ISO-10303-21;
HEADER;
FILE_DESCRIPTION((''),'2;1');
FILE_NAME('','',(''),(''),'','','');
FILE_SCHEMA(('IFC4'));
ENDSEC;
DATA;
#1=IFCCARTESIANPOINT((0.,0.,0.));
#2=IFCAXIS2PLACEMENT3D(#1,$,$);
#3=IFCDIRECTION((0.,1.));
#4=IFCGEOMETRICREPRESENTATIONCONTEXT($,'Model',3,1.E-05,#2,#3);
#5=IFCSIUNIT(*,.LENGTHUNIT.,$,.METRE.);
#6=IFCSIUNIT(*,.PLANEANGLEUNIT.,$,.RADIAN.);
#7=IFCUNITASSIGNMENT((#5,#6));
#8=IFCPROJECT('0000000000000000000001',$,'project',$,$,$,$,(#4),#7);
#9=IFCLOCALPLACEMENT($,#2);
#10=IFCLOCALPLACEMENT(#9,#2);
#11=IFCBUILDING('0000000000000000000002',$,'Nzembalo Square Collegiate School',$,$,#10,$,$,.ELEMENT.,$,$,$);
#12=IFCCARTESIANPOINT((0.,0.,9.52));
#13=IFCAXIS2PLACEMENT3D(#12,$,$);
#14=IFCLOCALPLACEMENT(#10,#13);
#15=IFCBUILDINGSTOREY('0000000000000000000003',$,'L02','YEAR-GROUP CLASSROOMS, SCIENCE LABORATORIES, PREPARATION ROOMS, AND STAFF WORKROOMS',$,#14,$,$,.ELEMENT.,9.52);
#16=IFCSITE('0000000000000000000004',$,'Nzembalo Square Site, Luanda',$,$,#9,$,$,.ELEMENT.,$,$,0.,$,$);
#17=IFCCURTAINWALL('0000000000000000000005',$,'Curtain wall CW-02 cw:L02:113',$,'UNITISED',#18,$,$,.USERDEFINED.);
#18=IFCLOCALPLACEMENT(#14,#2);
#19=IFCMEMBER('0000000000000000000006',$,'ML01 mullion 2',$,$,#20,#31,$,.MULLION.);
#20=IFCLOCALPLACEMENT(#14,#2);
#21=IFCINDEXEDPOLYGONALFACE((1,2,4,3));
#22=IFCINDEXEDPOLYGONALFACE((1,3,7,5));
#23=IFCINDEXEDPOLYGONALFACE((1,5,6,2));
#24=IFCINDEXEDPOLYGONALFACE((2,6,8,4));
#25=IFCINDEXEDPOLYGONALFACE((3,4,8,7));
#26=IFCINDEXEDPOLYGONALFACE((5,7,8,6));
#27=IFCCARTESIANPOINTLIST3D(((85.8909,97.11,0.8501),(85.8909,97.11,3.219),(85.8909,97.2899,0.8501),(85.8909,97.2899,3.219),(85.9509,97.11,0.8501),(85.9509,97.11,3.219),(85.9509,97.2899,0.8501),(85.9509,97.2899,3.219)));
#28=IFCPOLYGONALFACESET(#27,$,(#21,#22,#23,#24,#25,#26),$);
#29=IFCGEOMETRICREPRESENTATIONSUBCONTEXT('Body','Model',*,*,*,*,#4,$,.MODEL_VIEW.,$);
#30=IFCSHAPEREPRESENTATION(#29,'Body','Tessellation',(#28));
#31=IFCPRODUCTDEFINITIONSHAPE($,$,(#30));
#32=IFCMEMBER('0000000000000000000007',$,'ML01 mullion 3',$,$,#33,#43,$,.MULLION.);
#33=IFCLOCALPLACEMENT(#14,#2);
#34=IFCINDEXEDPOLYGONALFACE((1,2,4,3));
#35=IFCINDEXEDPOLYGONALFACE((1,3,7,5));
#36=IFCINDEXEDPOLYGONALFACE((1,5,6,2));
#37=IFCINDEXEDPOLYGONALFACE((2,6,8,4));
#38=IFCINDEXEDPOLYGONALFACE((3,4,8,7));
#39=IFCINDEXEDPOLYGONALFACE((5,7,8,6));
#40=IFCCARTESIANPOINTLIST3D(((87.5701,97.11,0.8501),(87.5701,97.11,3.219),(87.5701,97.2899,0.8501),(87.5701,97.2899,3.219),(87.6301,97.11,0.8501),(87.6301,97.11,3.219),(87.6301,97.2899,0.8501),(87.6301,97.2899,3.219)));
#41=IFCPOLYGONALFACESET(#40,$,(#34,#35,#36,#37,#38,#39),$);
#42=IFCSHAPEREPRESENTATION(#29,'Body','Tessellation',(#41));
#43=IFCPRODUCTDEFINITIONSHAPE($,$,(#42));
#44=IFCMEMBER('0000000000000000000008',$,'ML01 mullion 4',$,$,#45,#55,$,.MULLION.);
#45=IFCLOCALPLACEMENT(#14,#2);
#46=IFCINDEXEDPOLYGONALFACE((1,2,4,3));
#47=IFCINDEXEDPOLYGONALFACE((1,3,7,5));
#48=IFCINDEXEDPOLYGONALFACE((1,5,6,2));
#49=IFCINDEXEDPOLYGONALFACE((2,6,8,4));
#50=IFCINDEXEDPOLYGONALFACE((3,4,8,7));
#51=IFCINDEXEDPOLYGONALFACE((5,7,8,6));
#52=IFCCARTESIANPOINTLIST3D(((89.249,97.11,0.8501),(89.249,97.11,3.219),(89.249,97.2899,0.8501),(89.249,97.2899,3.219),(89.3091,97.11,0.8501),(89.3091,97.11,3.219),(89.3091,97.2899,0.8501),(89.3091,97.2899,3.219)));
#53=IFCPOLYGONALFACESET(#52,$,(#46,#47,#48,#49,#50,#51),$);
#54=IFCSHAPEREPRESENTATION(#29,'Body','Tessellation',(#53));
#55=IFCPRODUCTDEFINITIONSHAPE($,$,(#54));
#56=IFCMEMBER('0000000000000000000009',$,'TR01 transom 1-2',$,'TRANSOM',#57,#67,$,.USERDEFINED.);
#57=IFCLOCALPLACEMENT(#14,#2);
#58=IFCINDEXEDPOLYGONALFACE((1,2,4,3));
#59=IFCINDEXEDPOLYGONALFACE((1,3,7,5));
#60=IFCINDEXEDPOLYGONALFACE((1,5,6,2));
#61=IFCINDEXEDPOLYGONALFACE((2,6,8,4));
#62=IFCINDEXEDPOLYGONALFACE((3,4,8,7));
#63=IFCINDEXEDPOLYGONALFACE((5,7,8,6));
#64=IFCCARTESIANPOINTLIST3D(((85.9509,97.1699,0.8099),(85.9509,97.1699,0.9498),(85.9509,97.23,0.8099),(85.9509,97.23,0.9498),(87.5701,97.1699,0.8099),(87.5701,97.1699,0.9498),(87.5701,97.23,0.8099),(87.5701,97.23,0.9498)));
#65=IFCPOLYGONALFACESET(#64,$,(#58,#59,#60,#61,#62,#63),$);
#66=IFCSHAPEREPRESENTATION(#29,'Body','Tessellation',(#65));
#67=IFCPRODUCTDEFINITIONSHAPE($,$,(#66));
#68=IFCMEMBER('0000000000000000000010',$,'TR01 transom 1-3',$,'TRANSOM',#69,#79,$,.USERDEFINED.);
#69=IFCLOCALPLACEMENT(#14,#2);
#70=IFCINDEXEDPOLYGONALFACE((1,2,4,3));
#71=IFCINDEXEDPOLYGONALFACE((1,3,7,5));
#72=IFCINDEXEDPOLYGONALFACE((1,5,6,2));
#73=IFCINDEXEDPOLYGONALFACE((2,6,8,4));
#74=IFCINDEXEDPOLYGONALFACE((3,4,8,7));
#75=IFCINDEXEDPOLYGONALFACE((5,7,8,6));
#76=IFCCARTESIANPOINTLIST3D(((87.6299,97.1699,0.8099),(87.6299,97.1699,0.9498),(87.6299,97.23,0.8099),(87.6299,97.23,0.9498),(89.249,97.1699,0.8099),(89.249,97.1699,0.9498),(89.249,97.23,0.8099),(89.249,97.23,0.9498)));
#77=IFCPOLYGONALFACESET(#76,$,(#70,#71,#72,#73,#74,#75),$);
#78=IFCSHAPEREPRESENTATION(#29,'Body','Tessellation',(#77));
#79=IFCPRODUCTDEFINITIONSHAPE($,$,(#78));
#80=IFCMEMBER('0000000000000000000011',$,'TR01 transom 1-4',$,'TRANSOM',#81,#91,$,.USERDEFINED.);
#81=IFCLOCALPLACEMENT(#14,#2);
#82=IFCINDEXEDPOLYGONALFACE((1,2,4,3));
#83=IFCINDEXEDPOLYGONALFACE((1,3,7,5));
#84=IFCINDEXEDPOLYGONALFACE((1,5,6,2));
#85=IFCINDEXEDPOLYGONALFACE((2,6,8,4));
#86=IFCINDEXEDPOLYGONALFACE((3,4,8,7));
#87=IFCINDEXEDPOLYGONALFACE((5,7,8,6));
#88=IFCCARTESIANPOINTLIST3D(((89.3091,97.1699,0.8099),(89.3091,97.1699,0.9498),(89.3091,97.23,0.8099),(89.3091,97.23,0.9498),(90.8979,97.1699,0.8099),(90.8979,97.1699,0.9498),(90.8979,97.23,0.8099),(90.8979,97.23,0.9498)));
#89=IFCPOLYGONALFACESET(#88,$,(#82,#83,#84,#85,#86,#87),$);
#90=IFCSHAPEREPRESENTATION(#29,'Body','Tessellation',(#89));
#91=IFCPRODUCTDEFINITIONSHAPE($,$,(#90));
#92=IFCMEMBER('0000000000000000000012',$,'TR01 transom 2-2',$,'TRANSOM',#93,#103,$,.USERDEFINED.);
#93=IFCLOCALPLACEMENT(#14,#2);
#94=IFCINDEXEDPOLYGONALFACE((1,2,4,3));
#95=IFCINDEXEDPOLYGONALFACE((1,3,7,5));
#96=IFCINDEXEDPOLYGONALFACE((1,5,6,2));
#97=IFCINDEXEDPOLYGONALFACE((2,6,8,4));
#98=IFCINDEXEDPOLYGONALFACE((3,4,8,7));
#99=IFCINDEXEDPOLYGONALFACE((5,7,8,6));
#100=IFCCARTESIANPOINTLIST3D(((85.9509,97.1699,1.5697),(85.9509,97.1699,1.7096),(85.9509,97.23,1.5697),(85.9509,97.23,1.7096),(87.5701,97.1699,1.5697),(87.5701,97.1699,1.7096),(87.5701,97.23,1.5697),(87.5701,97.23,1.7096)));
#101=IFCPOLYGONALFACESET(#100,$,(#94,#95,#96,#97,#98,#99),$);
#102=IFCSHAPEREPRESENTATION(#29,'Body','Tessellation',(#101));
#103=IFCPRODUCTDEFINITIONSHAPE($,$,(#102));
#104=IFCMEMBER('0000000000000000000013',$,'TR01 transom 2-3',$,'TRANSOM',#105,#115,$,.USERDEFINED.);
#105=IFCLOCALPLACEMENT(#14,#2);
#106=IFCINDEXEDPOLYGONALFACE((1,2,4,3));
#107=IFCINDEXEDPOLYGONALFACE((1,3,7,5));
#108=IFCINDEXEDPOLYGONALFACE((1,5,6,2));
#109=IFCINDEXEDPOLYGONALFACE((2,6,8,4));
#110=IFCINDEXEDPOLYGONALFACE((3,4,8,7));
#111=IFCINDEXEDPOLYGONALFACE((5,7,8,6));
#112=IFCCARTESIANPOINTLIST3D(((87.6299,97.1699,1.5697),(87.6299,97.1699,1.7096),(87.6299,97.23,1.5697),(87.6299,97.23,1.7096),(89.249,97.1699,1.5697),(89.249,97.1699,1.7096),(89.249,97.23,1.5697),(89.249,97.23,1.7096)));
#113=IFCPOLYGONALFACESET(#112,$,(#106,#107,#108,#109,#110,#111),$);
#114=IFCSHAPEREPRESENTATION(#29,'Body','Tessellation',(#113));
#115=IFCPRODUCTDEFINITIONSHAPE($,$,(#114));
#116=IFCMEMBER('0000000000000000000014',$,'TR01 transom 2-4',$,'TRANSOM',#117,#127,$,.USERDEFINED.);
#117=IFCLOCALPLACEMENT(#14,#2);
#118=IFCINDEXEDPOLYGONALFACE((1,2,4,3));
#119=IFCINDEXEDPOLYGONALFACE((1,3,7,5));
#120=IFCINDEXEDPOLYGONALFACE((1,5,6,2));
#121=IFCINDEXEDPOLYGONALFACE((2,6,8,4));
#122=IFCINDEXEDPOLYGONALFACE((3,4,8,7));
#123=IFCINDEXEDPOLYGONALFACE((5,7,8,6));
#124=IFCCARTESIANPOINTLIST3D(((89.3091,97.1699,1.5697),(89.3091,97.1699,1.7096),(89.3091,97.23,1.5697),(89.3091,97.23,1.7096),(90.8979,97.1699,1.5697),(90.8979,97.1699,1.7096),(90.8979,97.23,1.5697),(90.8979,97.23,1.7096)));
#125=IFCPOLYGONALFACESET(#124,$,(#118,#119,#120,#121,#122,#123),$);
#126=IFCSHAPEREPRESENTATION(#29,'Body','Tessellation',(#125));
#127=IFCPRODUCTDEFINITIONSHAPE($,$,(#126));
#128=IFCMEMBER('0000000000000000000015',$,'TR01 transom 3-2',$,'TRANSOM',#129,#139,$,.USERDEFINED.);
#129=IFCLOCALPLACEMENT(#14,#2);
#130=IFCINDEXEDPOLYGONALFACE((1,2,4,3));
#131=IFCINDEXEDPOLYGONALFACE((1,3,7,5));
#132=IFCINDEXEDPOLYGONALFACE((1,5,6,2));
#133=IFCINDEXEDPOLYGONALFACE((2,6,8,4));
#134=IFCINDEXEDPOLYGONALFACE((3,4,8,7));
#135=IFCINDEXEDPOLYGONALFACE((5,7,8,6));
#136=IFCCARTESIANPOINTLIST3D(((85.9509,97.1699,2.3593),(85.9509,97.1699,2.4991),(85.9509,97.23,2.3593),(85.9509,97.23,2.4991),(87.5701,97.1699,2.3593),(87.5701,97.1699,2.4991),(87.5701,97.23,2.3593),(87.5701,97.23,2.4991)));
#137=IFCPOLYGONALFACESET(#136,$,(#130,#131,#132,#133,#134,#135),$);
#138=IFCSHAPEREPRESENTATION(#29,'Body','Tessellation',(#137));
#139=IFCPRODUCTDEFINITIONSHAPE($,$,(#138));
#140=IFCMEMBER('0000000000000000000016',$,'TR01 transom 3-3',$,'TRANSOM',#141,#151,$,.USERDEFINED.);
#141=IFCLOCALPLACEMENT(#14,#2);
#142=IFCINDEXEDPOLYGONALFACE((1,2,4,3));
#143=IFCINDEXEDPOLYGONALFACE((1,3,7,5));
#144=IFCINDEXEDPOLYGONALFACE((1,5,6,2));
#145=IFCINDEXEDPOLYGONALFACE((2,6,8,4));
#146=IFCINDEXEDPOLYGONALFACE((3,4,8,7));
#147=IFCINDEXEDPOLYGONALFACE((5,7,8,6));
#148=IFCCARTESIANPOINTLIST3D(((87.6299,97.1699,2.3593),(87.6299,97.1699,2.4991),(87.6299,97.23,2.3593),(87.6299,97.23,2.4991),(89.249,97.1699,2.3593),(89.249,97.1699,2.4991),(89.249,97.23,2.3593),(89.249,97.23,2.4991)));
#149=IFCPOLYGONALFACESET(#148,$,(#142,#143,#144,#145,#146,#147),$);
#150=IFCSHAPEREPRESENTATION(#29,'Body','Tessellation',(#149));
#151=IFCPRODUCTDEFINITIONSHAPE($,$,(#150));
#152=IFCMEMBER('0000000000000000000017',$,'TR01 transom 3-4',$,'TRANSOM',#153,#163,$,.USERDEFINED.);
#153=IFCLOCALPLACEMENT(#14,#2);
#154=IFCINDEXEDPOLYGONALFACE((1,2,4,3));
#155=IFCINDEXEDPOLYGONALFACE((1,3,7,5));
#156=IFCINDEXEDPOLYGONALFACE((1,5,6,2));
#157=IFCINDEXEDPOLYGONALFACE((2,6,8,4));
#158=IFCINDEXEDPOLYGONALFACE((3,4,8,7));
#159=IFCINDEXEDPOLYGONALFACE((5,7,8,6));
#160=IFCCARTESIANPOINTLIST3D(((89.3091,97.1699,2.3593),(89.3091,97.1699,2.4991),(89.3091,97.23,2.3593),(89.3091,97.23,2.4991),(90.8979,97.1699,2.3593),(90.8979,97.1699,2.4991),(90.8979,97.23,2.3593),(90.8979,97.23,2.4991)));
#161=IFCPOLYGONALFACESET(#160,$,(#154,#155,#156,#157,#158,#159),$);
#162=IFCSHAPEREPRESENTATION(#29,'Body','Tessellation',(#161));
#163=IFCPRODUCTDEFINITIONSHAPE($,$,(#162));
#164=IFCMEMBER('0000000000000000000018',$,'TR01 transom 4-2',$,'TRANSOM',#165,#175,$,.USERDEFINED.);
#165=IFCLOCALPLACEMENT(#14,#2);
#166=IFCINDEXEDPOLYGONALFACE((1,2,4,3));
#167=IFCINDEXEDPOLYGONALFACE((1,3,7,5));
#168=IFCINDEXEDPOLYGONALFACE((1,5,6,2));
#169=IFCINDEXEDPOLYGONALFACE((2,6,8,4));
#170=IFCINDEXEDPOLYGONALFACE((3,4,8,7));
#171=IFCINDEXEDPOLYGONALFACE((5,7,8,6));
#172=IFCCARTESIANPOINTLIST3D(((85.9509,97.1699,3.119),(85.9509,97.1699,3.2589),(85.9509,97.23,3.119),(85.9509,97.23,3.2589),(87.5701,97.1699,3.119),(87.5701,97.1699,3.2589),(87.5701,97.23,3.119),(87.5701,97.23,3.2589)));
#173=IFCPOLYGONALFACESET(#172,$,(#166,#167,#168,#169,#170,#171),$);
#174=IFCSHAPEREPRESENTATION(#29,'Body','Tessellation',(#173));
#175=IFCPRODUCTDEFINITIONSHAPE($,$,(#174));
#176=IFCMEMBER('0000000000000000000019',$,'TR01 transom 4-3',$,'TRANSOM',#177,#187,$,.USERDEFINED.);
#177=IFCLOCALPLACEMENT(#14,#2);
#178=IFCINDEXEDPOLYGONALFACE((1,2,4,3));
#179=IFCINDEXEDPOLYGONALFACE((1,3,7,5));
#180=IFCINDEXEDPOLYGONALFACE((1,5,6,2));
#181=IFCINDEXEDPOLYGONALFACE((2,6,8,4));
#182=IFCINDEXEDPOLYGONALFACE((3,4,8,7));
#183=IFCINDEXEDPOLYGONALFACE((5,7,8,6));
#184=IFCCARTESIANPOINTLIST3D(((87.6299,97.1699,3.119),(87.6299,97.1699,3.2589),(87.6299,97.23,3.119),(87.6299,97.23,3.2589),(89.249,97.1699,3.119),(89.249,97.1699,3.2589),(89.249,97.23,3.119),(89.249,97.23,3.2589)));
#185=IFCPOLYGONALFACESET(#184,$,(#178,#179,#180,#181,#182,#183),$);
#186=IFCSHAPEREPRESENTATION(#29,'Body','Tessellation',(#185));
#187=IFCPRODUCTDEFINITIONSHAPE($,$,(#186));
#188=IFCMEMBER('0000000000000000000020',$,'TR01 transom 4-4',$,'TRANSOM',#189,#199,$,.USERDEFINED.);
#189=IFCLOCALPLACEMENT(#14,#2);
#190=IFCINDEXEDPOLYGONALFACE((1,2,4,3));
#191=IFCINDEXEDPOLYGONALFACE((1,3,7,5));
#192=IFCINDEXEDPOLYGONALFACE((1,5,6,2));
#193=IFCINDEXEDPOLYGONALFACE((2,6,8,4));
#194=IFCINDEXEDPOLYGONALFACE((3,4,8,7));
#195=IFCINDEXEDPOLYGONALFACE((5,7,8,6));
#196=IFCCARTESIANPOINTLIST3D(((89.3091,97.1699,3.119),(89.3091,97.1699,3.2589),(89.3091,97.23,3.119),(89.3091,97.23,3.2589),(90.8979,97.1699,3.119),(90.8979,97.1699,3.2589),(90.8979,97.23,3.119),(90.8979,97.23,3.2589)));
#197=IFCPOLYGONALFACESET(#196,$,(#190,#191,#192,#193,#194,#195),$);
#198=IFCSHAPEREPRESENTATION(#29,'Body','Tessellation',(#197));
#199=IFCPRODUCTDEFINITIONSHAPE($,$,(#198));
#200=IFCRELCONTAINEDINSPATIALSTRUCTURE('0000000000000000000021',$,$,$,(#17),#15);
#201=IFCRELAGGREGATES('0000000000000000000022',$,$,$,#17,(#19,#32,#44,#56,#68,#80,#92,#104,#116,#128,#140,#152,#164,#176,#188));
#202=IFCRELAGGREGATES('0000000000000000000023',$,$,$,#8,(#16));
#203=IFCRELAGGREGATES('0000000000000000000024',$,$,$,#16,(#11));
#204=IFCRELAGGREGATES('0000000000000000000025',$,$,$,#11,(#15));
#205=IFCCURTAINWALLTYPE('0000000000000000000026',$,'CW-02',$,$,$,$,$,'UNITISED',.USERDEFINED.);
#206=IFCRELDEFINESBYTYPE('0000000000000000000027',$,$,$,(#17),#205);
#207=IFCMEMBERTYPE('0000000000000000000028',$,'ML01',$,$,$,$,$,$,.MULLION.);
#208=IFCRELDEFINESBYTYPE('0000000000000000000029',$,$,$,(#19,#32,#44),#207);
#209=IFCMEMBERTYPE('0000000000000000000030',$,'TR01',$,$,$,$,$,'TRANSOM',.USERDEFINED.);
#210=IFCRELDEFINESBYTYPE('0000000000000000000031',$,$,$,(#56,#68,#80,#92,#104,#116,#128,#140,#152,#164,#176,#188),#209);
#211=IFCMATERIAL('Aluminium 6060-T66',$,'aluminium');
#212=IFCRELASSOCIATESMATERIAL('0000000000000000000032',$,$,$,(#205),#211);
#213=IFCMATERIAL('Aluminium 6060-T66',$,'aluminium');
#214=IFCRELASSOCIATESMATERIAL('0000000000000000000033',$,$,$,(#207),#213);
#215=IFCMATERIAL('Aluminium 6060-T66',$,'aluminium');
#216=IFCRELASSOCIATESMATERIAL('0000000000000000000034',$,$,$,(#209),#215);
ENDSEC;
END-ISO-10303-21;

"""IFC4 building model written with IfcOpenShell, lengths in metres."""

from ifc_helpers import new_model, si_unit, direction, frame, origin, origin_2d, place, context, subcontext, project, spatial, rectangle, extrude, material, material_profile, profile_set, type_object, element, aggregate, save


model = new_model("IFC4")

# Units and contexts
model_context = context("Model", 3, precision=1e-05, world=origin(), true_north=direction((0.0, 1.0)))
body_context = subcontext(model_context, "Body", "Model", "MODEL_VIEW")
ifc_project = project(units=[si_unit("LENGTHUNIT", "METRE"), si_unit("PLANEANGLEUNIT", "RADIAN")], contexts=[model_context])

# Site, building, storey
site_placement = place(None, origin())
site = spatial("IfcSite", under=ifc_project, at=site_placement, Name="Nzembalo Square Site, Luanda", CompositionType="ELEMENT", RefElevation=0.0)
building_placement = place(site_placement, origin())
building = spatial("IfcBuilding", under=site, at=building_placement, Name="Nzembalo Square Collegiate School", CompositionType="ELEMENT")
storey_placement = place(building_placement, frame((0.0, 0.0, 9.52)))
storey = spatial("IfcBuildingStorey", under=building, at=storey_placement, Name="L02", Description="YEAR-GROUP CLASSROOMS, SCIENCE LABORATORIES, PREPARATION ROOMS, AND STAFF WORKROOMS", CompositionType="ELEMENT", Elevation=9.52)

# Curtain wall, members
ifc_material_1 = material(Name="Aluminium 6060-T66", Category="aluminium")
curtain_wall_type = type_object("IfcCurtainWallType", Name="CW-02", ElementType="UNITISED", PredefinedType="USERDEFINED", material=ifc_material_1)
curtain_wall_placement = place(storey_placement, origin())
curtain_wall = element("IfcCurtainWall", 1, at=curtain_wall_placement, inside=storey, type_object=curtain_wall_type, Name="Curtain wall CW-02 cw:L02:113", ObjectType="UNITISED", PredefinedType="USERDEFINED")
ifc_material_2 = material(Name="Aluminium 6060-T66", Category="aluminium")
ifc_material_profile_1 = material_profile(ifc_material_2, rectangle(XDim=0.0601, YDim=0.1799, at=origin_2d()), Name="ALU M60x180")
ifc_profile_set_1 = profile_set([ifc_material_profile_1], Name="Aluminium 6060-T66")
member_type_1 = type_object("IfcMemberType", Name="ML01", PredefinedType="MULLION", material=ifc_profile_set_1)
member_1_placement = place(storey_placement, frame((85.9209, 97.2, 0.8501), z_axis=(0.0, 0.0, 1.0), x_axis=(1.0, 0.0, 0.0)))
member_1 = element("IfcMember", 2, at=member_1_placement, type_object=member_type_1, Name="ML01 mullion 2", PredefinedType="MULLION", context=body_context, shape_type="SweptSolid", body=[
    extrude(rectangle(XDim=0.0601, YDim=0.1799, at=origin_2d()), origin(), (0.0, 0.0, 1.0), 2.3689),
])
member_2_placement = place(storey_placement, frame((87.6001, 97.2, 0.8501), z_axis=(0.0, 0.0, 1.0), x_axis=(1.0, 0.0, 0.0)))
member_2 = element("IfcMember", 3, at=member_2_placement, type_object=member_type_1, Name="ML01 mullion 3", PredefinedType="MULLION", context=body_context, shape_type="SweptSolid", body=[
    extrude(rectangle(XDim=0.0601, YDim=0.1799, at=origin_2d()), origin(), (0.0, 0.0, 1.0), 2.3689),
])
member_3_placement = place(storey_placement, frame((89.2791, 97.2, 0.8501), z_axis=(0.0, 0.0, 1.0), x_axis=(1.0, 0.0, 0.0)))
member_3 = element("IfcMember", 4, at=member_3_placement, type_object=member_type_1, Name="ML01 mullion 4", PredefinedType="MULLION", context=body_context, shape_type="SweptSolid", body=[
    extrude(rectangle(XDim=0.0601, YDim=0.1799, at=origin_2d()), origin(), (0.0, 0.0, 1.0), 2.3689),
])
ifc_material_3 = material(Name="Aluminium 6060-T66", Category="aluminium")
ifc_material_profile_2 = material_profile(ifc_material_3, rectangle(XDim=0.0601, YDim=0.1399, at=origin_2d()), Name="ALU T60x140")
ifc_profile_set_2 = profile_set([ifc_material_profile_2], Name="Aluminium 6060-T66")
member_type_2 = type_object("IfcMemberType", Name="TR01", ElementType="TRANSOM", PredefinedType="USERDEFINED", material=ifc_profile_set_2)
member_4_placement = place(storey_placement, frame((85.9509, 97.2, 0.8799), z_axis=(1.0, 0.0, 0.0), x_axis=(0.0, 1.0, 0.0)))
member_4 = element("IfcMember", 5, at=member_4_placement, type_object=member_type_2, Name="TR01 transom 1-2", ObjectType="TRANSOM", PredefinedType="USERDEFINED", context=body_context, shape_type="SweptSolid", body=[
    extrude(rectangle(XDim=0.0601, YDim=0.1399, at=origin_2d()), origin(), (0.0, 0.0, 1.0), 1.6191),
])
member_5_placement = place(storey_placement, frame((87.6299, 97.2, 0.8799), z_axis=(1.0, 0.0, 0.0), x_axis=(0.0, 1.0, 0.0)))
member_5 = element("IfcMember", 6, at=member_5_placement, type_object=member_type_2, Name="TR01 transom 1-3", ObjectType="TRANSOM", PredefinedType="USERDEFINED", context=body_context, shape_type="SweptSolid", body=[
    extrude(rectangle(XDim=0.0601, YDim=0.1399, at=origin_2d()), origin(), (0.0, 0.0, 1.0), 1.6191),
])
member_6_placement = place(storey_placement, frame((89.3091, 97.2, 0.8799), z_axis=(1.0, 0.0, 0.0), x_axis=(0.0, 1.0, 0.0)))
member_6 = element("IfcMember", 7, at=member_6_placement, type_object=member_type_2, Name="TR01 transom 1-4", ObjectType="TRANSOM", PredefinedType="USERDEFINED", context=body_context, shape_type="SweptSolid", body=[
    extrude(rectangle(XDim=0.0601, YDim=0.1399, at=origin_2d()), origin(), (0.0, 0.0, 1.0), 1.5889),
])
member_7_placement = place(storey_placement, frame((85.9509, 97.2, 1.6396), z_axis=(1.0, 0.0, 0.0), x_axis=(0.0, 1.0, 0.0)))
member_7 = element("IfcMember", 8, at=member_7_placement, type_object=member_type_2, Name="TR01 transom 2-2", ObjectType="TRANSOM", PredefinedType="USERDEFINED", context=body_context, shape_type="SweptSolid", body=[
    extrude(rectangle(XDim=0.0601, YDim=0.1399, at=origin_2d()), origin(), (0.0, 0.0, 1.0), 1.6191),
])
member_8_placement = place(storey_placement, frame((87.6299, 97.2, 1.6396), z_axis=(1.0, 0.0, 0.0), x_axis=(0.0, 1.0, 0.0)))
member_8 = element("IfcMember", 9, at=member_8_placement, type_object=member_type_2, Name="TR01 transom 2-3", ObjectType="TRANSOM", PredefinedType="USERDEFINED", context=body_context, shape_type="SweptSolid", body=[
    extrude(rectangle(XDim=0.0601, YDim=0.1399, at=origin_2d()), origin(), (0.0, 0.0, 1.0), 1.6191),
])
member_9_placement = place(storey_placement, frame((89.3091, 97.2, 1.6396), z_axis=(1.0, 0.0, 0.0), x_axis=(0.0, 1.0, 0.0)))
member_9 = element("IfcMember", 10, at=member_9_placement, type_object=member_type_2, Name="TR01 transom 2-4", ObjectType="TRANSOM", PredefinedType="USERDEFINED", context=body_context, shape_type="SweptSolid", body=[
    extrude(rectangle(XDim=0.0601, YDim=0.1399, at=origin_2d()), origin(), (0.0, 0.0, 1.0), 1.5889),
])
member_10_placement = place(storey_placement, frame((85.9509, 97.2, 2.4292), z_axis=(1.0, 0.0, 0.0), x_axis=(0.0, 1.0, 0.0)))
member_10 = element("IfcMember", 11, at=member_10_placement, type_object=member_type_2, Name="TR01 transom 3-2", ObjectType="TRANSOM", PredefinedType="USERDEFINED", context=body_context, shape_type="SweptSolid", body=[
    extrude(rectangle(XDim=0.0601, YDim=0.1399, at=origin_2d()), origin(), (0.0, 0.0, 1.0), 1.6191),
])
member_11_placement = place(storey_placement, frame((87.6299, 97.2, 2.4292), z_axis=(1.0, 0.0, 0.0), x_axis=(0.0, 1.0, 0.0)))
member_11 = element("IfcMember", 12, at=member_11_placement, type_object=member_type_2, Name="TR01 transom 3-3", ObjectType="TRANSOM", PredefinedType="USERDEFINED", context=body_context, shape_type="SweptSolid", body=[
    extrude(rectangle(XDim=0.0601, YDim=0.1399, at=origin_2d()), origin(), (0.0, 0.0, 1.0), 1.6191),
])
member_12_placement = place(storey_placement, frame((89.3091, 97.2, 2.4292), z_axis=(1.0, 0.0, 0.0), x_axis=(0.0, 1.0, 0.0)))
member_12 = element("IfcMember", 13, at=member_12_placement, type_object=member_type_2, Name="TR01 transom 3-4", ObjectType="TRANSOM", PredefinedType="USERDEFINED", context=body_context, shape_type="SweptSolid", body=[
    extrude(rectangle(XDim=0.0601, YDim=0.1399, at=origin_2d()), origin(), (0.0, 0.0, 1.0), 1.5889),
])
member_13_placement = place(storey_placement, frame((85.9509, 97.2, 3.189), z_axis=(1.0, 0.0, 0.0), x_axis=(0.0, 1.0, 0.0)))
member_13 = element("IfcMember", 14, at=member_13_placement, type_object=member_type_2, Name="TR01 transom 4-2", ObjectType="TRANSOM", PredefinedType="USERDEFINED", context=body_context, shape_type="SweptSolid", body=[
    extrude(rectangle(XDim=0.0601, YDim=0.1399, at=origin_2d()), origin(), (0.0, 0.0, 1.0), 1.6191),
])
member_14_placement = place(storey_placement, frame((87.6299, 97.2, 3.189), z_axis=(1.0, 0.0, 0.0), x_axis=(0.0, 1.0, 0.0)))
member_14 = element("IfcMember", 15, at=member_14_placement, type_object=member_type_2, Name="TR01 transom 4-3", ObjectType="TRANSOM", PredefinedType="USERDEFINED", context=body_context, shape_type="SweptSolid", body=[
    extrude(rectangle(XDim=0.0601, YDim=0.1399, at=origin_2d()), origin(), (0.0, 0.0, 1.0), 1.6191),
])
member_15_placement = place(storey_placement, frame((89.3091, 97.2, 3.189), z_axis=(1.0, 0.0, 0.0), x_axis=(0.0, 1.0, 0.0)))
member_15 = element("IfcMember", 16, at=member_15_placement, type_object=member_type_2, Name="TR01 transom 4-4", ObjectType="TRANSOM", PredefinedType="USERDEFINED", context=body_context, shape_type="SweptSolid", body=[
    extrude(rectangle(XDim=0.0601, YDim=0.1399, at=origin_2d()), origin(), (0.0, 0.0, 1.0), 1.5889),
])
aggregate(curtain_wall, [member_1, member_2, member_3, member_4, member_5, member_6, member_7, member_8, member_9, member_10, member_11, member_12, member_13, member_14, member_15])

save(model, "model.ifc")
